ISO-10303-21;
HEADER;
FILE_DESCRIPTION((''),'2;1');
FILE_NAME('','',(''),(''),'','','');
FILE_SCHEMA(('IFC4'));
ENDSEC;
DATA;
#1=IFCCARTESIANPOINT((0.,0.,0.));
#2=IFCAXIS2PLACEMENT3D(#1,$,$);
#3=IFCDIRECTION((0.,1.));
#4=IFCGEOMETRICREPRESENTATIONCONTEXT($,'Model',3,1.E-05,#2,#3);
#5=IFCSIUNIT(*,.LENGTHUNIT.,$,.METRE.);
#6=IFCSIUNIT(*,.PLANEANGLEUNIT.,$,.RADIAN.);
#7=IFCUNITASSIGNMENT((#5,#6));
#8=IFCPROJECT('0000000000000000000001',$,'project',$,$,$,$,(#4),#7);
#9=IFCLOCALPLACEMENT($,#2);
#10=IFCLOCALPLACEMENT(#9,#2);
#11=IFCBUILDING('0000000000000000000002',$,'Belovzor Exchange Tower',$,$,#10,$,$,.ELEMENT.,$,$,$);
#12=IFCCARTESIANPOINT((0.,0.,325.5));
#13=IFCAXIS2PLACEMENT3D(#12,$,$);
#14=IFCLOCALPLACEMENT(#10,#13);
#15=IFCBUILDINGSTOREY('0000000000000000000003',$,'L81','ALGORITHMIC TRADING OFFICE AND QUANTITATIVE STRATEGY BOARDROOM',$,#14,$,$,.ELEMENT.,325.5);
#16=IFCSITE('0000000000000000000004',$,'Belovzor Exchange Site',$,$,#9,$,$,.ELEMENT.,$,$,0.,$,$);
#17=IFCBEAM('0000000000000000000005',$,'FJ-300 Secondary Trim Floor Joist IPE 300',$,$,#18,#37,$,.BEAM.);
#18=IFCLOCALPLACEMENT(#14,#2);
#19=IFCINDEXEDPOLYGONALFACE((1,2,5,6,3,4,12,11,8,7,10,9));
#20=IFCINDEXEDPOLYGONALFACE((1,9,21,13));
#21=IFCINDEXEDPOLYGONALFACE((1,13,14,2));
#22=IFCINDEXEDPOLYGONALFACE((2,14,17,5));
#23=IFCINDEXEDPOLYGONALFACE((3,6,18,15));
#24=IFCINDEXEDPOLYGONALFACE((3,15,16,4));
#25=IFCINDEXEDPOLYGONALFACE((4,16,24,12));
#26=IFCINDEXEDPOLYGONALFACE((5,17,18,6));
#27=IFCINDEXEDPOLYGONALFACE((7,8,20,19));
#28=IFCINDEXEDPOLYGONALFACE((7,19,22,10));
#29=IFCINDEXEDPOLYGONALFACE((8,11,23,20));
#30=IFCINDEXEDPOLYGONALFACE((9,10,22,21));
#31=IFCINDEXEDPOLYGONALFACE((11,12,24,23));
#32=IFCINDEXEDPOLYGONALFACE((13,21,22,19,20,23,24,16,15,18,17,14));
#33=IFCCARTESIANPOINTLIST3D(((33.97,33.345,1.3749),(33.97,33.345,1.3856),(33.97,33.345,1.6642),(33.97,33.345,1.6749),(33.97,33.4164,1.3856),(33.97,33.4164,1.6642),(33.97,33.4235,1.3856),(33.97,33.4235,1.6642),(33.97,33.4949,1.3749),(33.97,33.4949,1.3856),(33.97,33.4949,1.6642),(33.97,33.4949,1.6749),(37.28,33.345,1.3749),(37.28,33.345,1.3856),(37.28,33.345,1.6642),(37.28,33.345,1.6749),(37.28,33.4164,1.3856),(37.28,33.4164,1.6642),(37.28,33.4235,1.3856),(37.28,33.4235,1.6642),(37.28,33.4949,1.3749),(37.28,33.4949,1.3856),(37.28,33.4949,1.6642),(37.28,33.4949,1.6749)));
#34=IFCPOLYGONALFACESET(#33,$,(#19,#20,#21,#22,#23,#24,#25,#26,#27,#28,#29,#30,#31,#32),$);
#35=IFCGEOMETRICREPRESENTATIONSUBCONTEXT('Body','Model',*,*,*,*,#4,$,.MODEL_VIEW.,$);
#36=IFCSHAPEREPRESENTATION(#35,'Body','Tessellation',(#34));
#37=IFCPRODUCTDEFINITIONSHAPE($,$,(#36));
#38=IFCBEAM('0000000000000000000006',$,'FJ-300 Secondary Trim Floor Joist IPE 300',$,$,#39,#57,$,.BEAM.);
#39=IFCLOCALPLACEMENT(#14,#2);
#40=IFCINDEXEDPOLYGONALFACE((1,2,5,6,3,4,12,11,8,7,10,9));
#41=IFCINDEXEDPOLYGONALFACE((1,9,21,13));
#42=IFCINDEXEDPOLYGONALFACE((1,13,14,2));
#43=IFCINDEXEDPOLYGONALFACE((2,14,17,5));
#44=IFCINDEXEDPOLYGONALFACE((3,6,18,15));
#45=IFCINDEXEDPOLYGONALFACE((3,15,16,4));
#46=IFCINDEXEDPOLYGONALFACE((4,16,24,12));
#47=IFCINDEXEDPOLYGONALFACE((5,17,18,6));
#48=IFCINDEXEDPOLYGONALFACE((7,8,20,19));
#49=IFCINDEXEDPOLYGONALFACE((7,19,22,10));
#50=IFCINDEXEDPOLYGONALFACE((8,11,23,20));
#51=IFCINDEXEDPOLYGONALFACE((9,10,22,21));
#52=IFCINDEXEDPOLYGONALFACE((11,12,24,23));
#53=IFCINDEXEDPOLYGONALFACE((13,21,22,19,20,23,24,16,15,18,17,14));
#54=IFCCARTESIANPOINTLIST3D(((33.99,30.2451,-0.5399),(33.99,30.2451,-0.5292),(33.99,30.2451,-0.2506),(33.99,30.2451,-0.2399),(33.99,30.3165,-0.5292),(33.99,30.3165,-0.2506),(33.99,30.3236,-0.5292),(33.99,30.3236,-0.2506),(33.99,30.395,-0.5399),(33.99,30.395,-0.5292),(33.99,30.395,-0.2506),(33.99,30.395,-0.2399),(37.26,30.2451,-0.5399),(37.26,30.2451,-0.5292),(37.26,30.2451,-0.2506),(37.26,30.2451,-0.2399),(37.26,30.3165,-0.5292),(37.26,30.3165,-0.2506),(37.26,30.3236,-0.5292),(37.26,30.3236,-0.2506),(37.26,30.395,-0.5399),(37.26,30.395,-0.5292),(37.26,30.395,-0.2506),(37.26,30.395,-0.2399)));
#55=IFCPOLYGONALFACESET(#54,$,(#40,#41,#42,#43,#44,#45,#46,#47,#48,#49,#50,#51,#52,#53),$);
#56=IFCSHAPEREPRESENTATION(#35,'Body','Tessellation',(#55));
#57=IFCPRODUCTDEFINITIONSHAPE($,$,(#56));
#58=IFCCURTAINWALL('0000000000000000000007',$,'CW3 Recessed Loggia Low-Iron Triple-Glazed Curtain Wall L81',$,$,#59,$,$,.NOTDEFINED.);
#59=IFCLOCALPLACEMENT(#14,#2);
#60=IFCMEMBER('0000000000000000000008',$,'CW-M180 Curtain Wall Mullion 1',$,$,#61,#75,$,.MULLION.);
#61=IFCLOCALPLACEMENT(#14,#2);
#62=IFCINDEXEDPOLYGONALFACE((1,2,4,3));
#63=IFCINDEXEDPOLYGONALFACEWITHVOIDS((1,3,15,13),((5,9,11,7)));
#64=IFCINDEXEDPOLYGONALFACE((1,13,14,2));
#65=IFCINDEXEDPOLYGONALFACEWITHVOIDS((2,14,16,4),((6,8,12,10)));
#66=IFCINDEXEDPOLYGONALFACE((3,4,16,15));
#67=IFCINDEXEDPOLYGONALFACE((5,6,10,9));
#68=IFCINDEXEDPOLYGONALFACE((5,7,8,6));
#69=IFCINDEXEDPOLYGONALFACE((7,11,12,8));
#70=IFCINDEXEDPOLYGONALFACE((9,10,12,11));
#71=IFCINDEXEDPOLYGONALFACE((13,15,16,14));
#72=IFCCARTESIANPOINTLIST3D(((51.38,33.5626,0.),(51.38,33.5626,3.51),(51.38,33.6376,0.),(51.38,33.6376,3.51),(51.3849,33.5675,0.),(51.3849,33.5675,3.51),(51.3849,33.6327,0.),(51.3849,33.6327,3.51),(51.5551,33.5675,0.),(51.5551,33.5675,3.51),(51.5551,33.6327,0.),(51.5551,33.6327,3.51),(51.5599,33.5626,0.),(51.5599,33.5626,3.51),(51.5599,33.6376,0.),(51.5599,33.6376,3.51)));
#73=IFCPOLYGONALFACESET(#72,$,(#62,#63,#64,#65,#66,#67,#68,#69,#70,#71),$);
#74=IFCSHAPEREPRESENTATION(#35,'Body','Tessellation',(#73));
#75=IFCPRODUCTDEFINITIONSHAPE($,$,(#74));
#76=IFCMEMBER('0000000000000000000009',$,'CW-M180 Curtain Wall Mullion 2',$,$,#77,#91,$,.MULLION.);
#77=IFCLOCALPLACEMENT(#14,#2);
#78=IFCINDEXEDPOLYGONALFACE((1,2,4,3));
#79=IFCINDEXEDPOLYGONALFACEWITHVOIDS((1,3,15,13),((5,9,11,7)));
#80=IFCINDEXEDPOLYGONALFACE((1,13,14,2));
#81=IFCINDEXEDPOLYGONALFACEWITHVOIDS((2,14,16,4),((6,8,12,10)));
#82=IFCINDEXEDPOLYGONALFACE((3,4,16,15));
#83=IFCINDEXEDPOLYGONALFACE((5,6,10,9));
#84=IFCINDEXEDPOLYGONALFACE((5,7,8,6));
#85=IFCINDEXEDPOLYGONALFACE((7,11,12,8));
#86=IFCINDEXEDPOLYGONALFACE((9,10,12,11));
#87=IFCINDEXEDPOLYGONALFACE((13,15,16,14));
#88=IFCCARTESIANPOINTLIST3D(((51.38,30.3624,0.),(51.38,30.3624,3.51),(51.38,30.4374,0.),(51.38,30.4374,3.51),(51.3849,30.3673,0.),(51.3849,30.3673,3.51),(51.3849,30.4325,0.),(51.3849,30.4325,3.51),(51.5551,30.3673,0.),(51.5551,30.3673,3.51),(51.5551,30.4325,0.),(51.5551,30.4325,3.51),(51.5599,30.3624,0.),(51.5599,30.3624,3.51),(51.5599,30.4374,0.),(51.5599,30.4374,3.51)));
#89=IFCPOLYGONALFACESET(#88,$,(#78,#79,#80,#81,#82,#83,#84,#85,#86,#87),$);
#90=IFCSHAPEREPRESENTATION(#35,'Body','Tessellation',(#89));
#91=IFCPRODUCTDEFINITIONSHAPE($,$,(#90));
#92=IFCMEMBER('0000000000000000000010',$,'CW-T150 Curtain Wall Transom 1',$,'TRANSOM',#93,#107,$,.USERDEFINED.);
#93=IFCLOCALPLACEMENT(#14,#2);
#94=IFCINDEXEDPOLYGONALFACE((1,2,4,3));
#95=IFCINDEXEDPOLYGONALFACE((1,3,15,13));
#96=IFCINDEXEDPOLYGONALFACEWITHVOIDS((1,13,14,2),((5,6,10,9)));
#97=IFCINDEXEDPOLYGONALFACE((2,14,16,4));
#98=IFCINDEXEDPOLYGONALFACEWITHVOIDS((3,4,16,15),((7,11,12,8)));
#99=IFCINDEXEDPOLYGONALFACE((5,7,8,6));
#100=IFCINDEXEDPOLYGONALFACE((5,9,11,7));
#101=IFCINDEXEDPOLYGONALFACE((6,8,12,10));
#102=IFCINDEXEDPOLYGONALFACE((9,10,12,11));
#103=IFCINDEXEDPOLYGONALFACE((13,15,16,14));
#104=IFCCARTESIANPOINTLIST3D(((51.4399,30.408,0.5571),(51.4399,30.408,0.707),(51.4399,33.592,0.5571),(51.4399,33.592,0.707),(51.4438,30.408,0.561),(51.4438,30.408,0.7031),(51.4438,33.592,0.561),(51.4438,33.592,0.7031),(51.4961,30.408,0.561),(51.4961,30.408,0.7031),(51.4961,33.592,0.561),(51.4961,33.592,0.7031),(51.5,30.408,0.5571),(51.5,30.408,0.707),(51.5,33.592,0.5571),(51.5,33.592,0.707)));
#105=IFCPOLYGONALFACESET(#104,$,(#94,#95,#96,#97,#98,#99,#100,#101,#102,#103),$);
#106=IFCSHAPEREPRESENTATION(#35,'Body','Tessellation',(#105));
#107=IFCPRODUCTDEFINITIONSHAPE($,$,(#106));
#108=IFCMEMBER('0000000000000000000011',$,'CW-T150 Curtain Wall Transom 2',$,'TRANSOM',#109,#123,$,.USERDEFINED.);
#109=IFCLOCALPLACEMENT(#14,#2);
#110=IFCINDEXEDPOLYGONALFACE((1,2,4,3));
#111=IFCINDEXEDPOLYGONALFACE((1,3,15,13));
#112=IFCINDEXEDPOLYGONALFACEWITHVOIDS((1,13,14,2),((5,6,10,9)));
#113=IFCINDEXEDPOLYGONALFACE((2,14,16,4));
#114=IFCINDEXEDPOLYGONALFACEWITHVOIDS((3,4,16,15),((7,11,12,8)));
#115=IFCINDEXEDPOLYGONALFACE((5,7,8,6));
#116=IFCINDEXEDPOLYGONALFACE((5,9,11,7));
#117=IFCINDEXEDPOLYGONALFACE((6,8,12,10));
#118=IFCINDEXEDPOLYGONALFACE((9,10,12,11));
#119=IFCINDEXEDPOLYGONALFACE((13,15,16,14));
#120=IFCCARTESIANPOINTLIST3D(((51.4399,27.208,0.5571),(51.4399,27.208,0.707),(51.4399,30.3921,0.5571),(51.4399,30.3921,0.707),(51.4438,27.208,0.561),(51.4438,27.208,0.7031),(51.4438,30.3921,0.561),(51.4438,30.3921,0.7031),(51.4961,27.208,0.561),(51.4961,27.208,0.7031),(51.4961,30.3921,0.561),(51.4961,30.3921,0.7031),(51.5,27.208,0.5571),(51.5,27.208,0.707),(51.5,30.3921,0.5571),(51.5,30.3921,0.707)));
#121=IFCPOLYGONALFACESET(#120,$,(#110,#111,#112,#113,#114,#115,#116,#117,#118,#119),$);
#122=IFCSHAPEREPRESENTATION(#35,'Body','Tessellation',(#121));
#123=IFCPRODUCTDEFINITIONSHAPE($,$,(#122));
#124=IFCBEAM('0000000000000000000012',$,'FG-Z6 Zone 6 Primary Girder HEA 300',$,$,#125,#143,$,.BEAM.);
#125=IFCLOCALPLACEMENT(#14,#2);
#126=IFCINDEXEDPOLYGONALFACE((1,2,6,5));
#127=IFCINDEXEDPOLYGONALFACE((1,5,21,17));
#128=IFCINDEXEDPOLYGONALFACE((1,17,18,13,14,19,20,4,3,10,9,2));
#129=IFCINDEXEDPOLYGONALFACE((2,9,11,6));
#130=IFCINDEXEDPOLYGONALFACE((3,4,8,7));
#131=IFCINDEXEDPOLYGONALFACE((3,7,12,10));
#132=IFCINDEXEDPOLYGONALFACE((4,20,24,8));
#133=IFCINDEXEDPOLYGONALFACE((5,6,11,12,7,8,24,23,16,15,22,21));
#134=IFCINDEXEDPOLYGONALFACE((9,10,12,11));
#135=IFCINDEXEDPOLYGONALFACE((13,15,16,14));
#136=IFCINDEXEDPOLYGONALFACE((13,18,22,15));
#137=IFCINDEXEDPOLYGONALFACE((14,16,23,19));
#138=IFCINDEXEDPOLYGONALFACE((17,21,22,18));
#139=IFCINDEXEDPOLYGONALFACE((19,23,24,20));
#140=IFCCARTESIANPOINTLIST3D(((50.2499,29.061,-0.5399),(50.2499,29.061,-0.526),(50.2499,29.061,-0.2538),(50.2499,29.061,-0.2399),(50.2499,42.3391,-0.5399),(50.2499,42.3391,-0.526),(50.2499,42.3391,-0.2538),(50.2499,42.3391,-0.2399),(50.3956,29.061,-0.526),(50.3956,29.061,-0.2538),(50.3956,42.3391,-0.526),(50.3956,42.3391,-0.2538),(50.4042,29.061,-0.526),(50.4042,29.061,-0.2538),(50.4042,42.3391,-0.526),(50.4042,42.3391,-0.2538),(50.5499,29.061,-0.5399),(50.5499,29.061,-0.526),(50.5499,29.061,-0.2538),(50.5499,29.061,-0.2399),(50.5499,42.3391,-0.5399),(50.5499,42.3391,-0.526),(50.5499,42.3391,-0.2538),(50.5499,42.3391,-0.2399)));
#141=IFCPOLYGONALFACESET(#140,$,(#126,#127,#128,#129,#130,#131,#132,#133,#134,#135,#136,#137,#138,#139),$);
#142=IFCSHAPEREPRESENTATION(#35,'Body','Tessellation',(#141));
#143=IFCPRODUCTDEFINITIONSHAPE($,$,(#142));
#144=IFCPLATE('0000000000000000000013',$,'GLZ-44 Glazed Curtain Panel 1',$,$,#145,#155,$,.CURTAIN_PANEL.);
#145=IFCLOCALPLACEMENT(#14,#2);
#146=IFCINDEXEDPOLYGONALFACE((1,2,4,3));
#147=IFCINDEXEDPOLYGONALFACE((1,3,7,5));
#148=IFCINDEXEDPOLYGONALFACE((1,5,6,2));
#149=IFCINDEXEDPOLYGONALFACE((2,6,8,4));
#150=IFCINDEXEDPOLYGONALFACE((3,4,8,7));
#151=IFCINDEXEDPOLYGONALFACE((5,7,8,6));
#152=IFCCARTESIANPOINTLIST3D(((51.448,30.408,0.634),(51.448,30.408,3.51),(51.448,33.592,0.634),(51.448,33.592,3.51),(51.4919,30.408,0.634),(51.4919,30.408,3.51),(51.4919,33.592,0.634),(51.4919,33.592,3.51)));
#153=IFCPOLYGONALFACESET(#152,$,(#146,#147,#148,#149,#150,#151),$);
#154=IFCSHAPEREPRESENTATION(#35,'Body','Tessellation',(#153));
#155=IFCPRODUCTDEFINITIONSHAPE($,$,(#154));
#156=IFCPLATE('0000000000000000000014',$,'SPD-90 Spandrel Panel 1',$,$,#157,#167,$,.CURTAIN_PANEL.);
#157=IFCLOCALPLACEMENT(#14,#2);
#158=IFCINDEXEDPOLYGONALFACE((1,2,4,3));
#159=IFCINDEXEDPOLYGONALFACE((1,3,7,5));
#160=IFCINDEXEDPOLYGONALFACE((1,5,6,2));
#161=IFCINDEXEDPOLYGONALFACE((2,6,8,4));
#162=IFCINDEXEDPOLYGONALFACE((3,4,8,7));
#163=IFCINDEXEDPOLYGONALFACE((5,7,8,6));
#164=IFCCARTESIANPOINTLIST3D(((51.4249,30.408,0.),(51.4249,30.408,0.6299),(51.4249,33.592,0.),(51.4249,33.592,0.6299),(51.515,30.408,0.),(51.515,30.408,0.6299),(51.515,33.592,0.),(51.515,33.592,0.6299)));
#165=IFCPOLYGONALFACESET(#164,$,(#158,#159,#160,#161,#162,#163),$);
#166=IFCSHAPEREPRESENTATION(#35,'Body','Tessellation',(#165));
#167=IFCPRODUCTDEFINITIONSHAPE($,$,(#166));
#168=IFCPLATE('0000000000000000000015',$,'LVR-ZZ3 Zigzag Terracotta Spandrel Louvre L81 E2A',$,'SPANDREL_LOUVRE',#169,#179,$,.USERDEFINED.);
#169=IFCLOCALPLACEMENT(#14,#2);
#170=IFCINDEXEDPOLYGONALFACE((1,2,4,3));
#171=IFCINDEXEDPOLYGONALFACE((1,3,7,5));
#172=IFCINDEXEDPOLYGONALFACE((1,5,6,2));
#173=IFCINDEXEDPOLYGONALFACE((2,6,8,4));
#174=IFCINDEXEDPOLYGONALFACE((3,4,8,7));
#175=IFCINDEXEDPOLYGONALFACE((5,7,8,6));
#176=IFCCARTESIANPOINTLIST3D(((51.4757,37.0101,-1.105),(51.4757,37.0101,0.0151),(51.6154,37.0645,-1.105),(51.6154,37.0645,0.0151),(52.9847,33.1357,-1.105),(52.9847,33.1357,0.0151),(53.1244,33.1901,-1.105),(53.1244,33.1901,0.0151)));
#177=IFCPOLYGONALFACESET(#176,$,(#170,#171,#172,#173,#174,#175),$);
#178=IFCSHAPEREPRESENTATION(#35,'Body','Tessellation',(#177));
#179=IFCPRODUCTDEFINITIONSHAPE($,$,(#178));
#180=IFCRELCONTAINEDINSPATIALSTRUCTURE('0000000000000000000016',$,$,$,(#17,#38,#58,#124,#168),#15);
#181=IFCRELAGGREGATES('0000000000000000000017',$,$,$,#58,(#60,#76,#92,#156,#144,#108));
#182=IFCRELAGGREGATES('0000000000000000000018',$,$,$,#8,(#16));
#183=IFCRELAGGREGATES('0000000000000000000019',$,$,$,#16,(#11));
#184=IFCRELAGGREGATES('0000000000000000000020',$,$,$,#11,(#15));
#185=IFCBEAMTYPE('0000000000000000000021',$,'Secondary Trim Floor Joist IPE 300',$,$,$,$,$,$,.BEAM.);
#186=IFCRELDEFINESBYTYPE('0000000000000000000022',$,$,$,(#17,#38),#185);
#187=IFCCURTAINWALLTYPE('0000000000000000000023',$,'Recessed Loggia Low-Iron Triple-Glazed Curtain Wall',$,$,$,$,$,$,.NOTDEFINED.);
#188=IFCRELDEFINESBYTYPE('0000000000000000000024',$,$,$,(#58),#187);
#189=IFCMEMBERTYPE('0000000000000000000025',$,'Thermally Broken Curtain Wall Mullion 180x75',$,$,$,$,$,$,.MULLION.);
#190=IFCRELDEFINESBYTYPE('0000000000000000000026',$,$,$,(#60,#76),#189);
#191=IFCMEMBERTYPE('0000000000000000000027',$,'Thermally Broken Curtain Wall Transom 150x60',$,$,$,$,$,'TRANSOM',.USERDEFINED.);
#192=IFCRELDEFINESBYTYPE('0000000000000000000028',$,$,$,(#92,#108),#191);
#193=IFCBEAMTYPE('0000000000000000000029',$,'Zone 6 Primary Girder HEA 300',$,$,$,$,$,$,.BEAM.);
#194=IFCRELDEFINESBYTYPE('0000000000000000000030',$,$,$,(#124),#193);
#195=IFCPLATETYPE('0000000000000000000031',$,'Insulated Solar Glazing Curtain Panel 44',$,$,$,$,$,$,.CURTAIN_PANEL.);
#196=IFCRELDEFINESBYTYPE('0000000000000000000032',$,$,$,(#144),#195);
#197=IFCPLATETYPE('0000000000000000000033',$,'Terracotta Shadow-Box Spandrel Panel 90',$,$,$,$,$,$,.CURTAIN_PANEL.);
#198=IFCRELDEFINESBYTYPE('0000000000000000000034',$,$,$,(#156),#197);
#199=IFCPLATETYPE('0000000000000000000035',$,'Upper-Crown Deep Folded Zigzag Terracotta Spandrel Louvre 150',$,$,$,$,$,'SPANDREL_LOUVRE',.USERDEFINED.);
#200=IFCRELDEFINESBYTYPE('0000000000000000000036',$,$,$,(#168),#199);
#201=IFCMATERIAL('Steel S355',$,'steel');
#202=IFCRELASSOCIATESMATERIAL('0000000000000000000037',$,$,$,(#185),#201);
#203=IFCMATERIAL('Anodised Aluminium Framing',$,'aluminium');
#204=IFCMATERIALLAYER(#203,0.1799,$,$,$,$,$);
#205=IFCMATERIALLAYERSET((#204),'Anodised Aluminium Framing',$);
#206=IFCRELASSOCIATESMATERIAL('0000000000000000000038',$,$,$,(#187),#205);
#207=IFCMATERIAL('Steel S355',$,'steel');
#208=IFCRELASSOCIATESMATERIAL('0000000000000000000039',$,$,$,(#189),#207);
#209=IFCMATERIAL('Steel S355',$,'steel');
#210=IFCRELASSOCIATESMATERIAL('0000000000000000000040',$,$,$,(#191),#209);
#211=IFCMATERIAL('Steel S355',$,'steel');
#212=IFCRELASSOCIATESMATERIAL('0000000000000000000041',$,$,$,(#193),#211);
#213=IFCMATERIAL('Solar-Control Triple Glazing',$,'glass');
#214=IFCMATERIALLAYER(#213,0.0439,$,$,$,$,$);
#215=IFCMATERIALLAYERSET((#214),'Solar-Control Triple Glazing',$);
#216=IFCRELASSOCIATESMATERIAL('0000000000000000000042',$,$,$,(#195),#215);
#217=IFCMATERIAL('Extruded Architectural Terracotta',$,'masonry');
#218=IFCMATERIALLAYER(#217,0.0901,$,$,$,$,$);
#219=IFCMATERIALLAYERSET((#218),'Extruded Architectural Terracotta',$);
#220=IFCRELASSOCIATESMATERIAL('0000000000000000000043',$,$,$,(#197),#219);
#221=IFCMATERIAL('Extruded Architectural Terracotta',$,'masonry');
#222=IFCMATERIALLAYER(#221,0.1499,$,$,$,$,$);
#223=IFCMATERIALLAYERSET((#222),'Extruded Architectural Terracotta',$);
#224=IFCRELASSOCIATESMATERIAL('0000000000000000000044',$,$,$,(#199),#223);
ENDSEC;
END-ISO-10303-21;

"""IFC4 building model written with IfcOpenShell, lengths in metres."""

from ifc_helpers import new_model, si_unit, direction, frame, origin, origin_2d, place, context, subcontext, project, spatial, rectangle, hollow_rectangle, i_section, extrude, material, layer, layer_set, material_profile, profile_set, type_object, element, aggregate, save


model = new_model("IFC4")

# Units and contexts
model_context = context("Model", 3, precision=1e-05, world=origin(), true_north=direction((0.0, 1.0)))
body_context = subcontext(model_context, "Body", "Model", "MODEL_VIEW")
ifc_project = project(units=[si_unit("LENGTHUNIT", "METRE"), si_unit("PLANEANGLEUNIT", "RADIAN")], contexts=[model_context])

# Site, building, storey
site_placement = place(None, origin())
site = spatial("IfcSite", under=ifc_project, at=site_placement, Name="Belovzor Exchange Site", CompositionType="ELEMENT", RefElevation=0.0)
building_placement = place(site_placement, origin())
building = spatial("IfcBuilding", under=site, at=building_placement, Name="Belovzor Exchange Tower", CompositionType="ELEMENT")
storey_placement = place(building_placement, frame((0.0, 0.0, 325.5)))
storey = spatial("IfcBuildingStorey", under=building, at=storey_placement, Name="L81", Description="ALGORITHMIC TRADING OFFICE AND QUANTITATIVE STRATEGY BOARDROOM", CompositionType="ELEMENT", Elevation=325.5)

# Beams
ifc_material_1 = material(Name="Steel S355", Category="steel")
ifc_material_profile_1 = material_profile(ifc_material_1, i_section(OverallWidth=0.1499, OverallDepth=0.3, WebThickness=0.0071, FlangeThickness=0.0107, at=origin_2d()))
ifc_profile_set_1 = profile_set([ifc_material_profile_1], Name="Steel S355")
beam_type_1 = type_object("IfcBeamType", Name="Secondary Trim Floor Joist IPE 300", PredefinedType="BEAM", material=ifc_profile_set_1)
beam_1_placement = place(storey_placement, frame((37.28, 33.4199, 1.5249), z_axis=(-1.0, 0.0, 0.0), x_axis=(0.0, -1.0, 0.0)))
element("IfcBeam", 1, at=beam_1_placement, inside=storey, type_object=beam_type_1, Name="FJ-300 Secondary Trim Floor Joist IPE 300", PredefinedType="BEAM", context=body_context, shape_type="SweptSolid", body=[
    extrude(i_section(OverallWidth=0.1499, OverallDepth=0.3, WebThickness=0.0071, FlangeThickness=0.0107, at=origin_2d()), origin(), (0.0, 0.0, 1.0), 3.3101),
])
beam_2_placement = place(storey_placement, frame((37.26, 30.3201, -0.3899), z_axis=(-1.0, 0.0, 0.0), x_axis=(0.0, -1.0, 0.0)))
element("IfcBeam", 2, at=beam_2_placement, inside=storey, type_object=beam_type_1, Name="FJ-300 Secondary Trim Floor Joist IPE 300", PredefinedType="BEAM", context=body_context, shape_type="SweptSolid", body=[
    extrude(i_section(OverallWidth=0.1499, OverallDepth=0.3, WebThickness=0.0071, FlangeThickness=0.0107, at=origin_2d()), origin(), (0.0, 0.0, 1.0), 3.27),
])

# Curtain wall, members
ifc_material_2 = material(Name="Anodised Aluminium Framing", Category="aluminium")
ifc_layer_1 = layer(ifc_material_2, 0.1799)
ifc_layer_set_1 = layer_set([ifc_layer_1], Name="Anodised Aluminium Framing")
curtain_wall_type = type_object("IfcCurtainWallType", Name="Recessed Loggia Low-Iron Triple-Glazed Curtain Wall", PredefinedType="NOTDEFINED", material=ifc_layer_set_1)
curtain_wall_placement = place(storey_placement, origin())
curtain_wall = element("IfcCurtainWall", 3, at=curtain_wall_placement, inside=storey, type_object=curtain_wall_type, Name="CW3 Recessed Loggia Low-Iron Triple-Glazed Curtain Wall L81", PredefinedType="NOTDEFINED")
ifc_material_3 = material(Name="Steel S355", Category="steel")
ifc_material_profile_2 = material_profile(ifc_material_3, hollow_rectangle(XDim=0.075, YDim=0.1799, WallThickness=0.0049, at=origin_2d()))
ifc_profile_set_2 = profile_set([ifc_material_profile_2], Name="Steel S355")
member_type_1 = type_object("IfcMemberType", Name="Thermally Broken Curtain Wall Mullion 180x75", PredefinedType="MULLION", material=ifc_profile_set_2)
member_1_placement = place(storey_placement, frame((51.47, 33.6001, 0.0), z_axis=(0.0, 0.0, 1.0), x_axis=(0.0, -1.0, 0.0)))
member_1 = element("IfcMember", 4, at=member_1_placement, type_object=member_type_1, Name="CW-M180 Curtain Wall Mullion 1", PredefinedType="MULLION", context=body_context, shape_type="SweptSolid", body=[
    extrude(hollow_rectangle(XDim=0.075, YDim=0.1799, WallThickness=0.0049, at=origin_2d()), origin(), (0.0, 0.0, 1.0), 3.51),
])
member_2_placement = place(storey_placement, frame((51.47, 30.3999, 0.0), z_axis=(0.0, 0.0, 1.0), x_axis=(0.0, -1.0, 0.0)))
member_2 = element("IfcMember", 5, at=member_2_placement, type_object=member_type_1, Name="CW-M180 Curtain Wall Mullion 2", PredefinedType="MULLION", context=body_context, shape_type="SweptSolid", body=[
    extrude(hollow_rectangle(XDim=0.075, YDim=0.1799, WallThickness=0.0049, at=origin_2d()), origin(), (0.0, 0.0, 1.0), 3.51),
])
ifc_material_4 = material(Name="Steel S355", Category="steel")
ifc_material_profile_3 = material_profile(ifc_material_4, hollow_rectangle(XDim=0.0601, YDim=0.1499, WallThickness=0.0039, at=origin_2d()))
ifc_profile_set_3 = profile_set([ifc_material_profile_3], Name="Steel S355")
member_type_2 = type_object("IfcMemberType", Name="Thermally Broken Curtain Wall Transom 150x60", ElementType="TRANSOM", PredefinedType="USERDEFINED", material=ifc_profile_set_3)
member_3_placement = place(storey_placement, frame((51.47, 33.592, 0.6321), z_axis=(0.0, -1.0, 0.0), x_axis=(1.0, 0.0, 0.0)))
member_3 = element("IfcMember", 6, at=member_3_placement, type_object=member_type_2, Name="CW-T150 Curtain Wall Transom 1", ObjectType="TRANSOM", PredefinedType="USERDEFINED", context=body_context, shape_type="SweptSolid", body=[
    extrude(hollow_rectangle(XDim=0.0601, YDim=0.1499, WallThickness=0.0039, at=origin_2d()), origin(), (0.0, 0.0, 1.0), 3.1841),
])
member_4_placement = place(storey_placement, frame((51.47, 30.3921, 0.6321), z_axis=(0.0, -1.0, 0.0), x_axis=(1.0, 0.0, 0.0)))
member_4 = element("IfcMember", 7, at=member_4_placement, type_object=member_type_2, Name="CW-T150 Curtain Wall Transom 2", ObjectType="TRANSOM", PredefinedType="USERDEFINED", context=body_context, shape_type="SweptSolid", body=[
    extrude(hollow_rectangle(XDim=0.0601, YDim=0.1499, WallThickness=0.0039, at=origin_2d()), origin(), (0.0, 0.0, 1.0), 3.1841),
])

# Beam
ifc_material_5 = material(Name="Steel S355", Category="steel")
ifc_material_profile_4 = material_profile(ifc_material_5, i_section(OverallWidth=0.3, OverallDepth=0.3, WebThickness=0.0085, FlangeThickness=0.0139, at=origin_2d()))
ifc_profile_set_4 = profile_set([ifc_material_profile_4], Name="Steel S355")
beam_type_2 = type_object("IfcBeamType", Name="Zone 6 Primary Girder HEA 300", PredefinedType="BEAM", material=ifc_profile_set_4)
beam_3_placement = place(storey_placement, frame((50.3999, 29.061, -0.3899), z_axis=(0.0, 1.0, 0.0), x_axis=(-1.0, 0.0, 0.0)))
element("IfcBeam", 8, at=beam_3_placement, inside=storey, type_object=beam_type_2, Name="FG-Z6 Zone 6 Primary Girder HEA 300", PredefinedType="BEAM", context=body_context, shape_type="SweptSolid", body=[
    extrude(i_section(OverallWidth=0.3, OverallDepth=0.3, WebThickness=0.0085, FlangeThickness=0.0139, at=origin_2d()), origin(), (0.0, 0.0, 1.0), 13.2781),
])

# Plates
ifc_material_6 = material(Name="Solar-Control Triple Glazing", Category="glass")
ifc_layer_2 = layer(ifc_material_6, 0.0439)
ifc_layer_set_2 = layer_set([ifc_layer_2], Name="Solar-Control Triple Glazing")
plate_type_1 = type_object("IfcPlateType", Name="Insulated Solar Glazing Curtain Panel 44", PredefinedType="CURTAIN_PANEL", material=ifc_layer_set_2)
plate_1_placement = place(storey_placement, frame((51.47, 32.0, 0.634), z_axis=(0.0, 0.0, 1.0), x_axis=(0.0, -1.0, 0.0)))
plate_1 = element("IfcPlate", 9, at=plate_1_placement, type_object=plate_type_1, Name="GLZ-44 Glazed Curtain Panel 1", PredefinedType="CURTAIN_PANEL", context=body_context, shape_type="SweptSolid", body=[
    extrude(rectangle(XDim=3.1841, YDim=0.0439, at=origin_2d()), origin(), (0.0, 0.0, 1.0), 2.876),
])
ifc_material_7 = material(Name="Extruded Architectural Terracotta", Category="masonry")
ifc_layer_3 = layer(ifc_material_7, 0.0901)
ifc_layer_set_3 = layer_set([ifc_layer_3], Name="Extruded Architectural Terracotta")
plate_type_2 = type_object("IfcPlateType", Name="Terracotta Shadow-Box Spandrel Panel 90", PredefinedType="CURTAIN_PANEL", material=ifc_layer_set_3)
plate_2_placement = place(storey_placement, frame((51.47, 32.0, 0.0), z_axis=(0.0, 0.0, 1.0), x_axis=(0.0, -1.0, 0.0)))
plate_2 = element("IfcPlate", 10, at=plate_2_placement, type_object=plate_type_2, Name="SPD-90 Spandrel Panel 1", PredefinedType="CURTAIN_PANEL", context=body_context, shape_type="SweptSolid", body=[
    extrude(rectangle(XDim=3.1841, YDim=0.0901, at=origin_2d()), origin(), (0.0, 0.0, 1.0), 0.6299),
])
aggregate(curtain_wall, [member_1, member_2, member_3, plate_2, plate_1, member_4])
ifc_material_8 = material(Name="Extruded Architectural Terracotta", Category="masonry")
ifc_layer_4 = layer(ifc_material_8, 0.1499)
ifc_layer_set_4 = layer_set([ifc_layer_4], Name="Extruded Architectural Terracotta")
plate_type_3 = type_object("IfcPlateType", Name="Upper-Crown Deep Folded Zigzag Terracotta Spandrel Louvre 150", ElementType="SPANDREL_LOUVRE", PredefinedType="USERDEFINED", material=ifc_layer_set_4)
plate_3_placement = place(storey_placement, frame((52.3, 35.1001, -1.105), z_axis=(0.0, 0.0, 1.0), x_axis=(-0.362926, 0.931818, 0.0)))
element("IfcPlate", 11, at=plate_3_placement, inside=storey, type_object=plate_type_3, Name="LVR-ZZ3 Zigzag Terracotta Spandrel Louvre L81 E2A", ObjectType="SPANDREL_LOUVRE", PredefinedType="USERDEFINED", context=body_context, shape_type="SweptSolid", body=[
    extrude(rectangle(XDim=4.158, YDim=0.1499, at=origin_2d()), origin(), (0.0, 0.0, 1.0), 1.1201),
])

save(model, "model.ifc")
